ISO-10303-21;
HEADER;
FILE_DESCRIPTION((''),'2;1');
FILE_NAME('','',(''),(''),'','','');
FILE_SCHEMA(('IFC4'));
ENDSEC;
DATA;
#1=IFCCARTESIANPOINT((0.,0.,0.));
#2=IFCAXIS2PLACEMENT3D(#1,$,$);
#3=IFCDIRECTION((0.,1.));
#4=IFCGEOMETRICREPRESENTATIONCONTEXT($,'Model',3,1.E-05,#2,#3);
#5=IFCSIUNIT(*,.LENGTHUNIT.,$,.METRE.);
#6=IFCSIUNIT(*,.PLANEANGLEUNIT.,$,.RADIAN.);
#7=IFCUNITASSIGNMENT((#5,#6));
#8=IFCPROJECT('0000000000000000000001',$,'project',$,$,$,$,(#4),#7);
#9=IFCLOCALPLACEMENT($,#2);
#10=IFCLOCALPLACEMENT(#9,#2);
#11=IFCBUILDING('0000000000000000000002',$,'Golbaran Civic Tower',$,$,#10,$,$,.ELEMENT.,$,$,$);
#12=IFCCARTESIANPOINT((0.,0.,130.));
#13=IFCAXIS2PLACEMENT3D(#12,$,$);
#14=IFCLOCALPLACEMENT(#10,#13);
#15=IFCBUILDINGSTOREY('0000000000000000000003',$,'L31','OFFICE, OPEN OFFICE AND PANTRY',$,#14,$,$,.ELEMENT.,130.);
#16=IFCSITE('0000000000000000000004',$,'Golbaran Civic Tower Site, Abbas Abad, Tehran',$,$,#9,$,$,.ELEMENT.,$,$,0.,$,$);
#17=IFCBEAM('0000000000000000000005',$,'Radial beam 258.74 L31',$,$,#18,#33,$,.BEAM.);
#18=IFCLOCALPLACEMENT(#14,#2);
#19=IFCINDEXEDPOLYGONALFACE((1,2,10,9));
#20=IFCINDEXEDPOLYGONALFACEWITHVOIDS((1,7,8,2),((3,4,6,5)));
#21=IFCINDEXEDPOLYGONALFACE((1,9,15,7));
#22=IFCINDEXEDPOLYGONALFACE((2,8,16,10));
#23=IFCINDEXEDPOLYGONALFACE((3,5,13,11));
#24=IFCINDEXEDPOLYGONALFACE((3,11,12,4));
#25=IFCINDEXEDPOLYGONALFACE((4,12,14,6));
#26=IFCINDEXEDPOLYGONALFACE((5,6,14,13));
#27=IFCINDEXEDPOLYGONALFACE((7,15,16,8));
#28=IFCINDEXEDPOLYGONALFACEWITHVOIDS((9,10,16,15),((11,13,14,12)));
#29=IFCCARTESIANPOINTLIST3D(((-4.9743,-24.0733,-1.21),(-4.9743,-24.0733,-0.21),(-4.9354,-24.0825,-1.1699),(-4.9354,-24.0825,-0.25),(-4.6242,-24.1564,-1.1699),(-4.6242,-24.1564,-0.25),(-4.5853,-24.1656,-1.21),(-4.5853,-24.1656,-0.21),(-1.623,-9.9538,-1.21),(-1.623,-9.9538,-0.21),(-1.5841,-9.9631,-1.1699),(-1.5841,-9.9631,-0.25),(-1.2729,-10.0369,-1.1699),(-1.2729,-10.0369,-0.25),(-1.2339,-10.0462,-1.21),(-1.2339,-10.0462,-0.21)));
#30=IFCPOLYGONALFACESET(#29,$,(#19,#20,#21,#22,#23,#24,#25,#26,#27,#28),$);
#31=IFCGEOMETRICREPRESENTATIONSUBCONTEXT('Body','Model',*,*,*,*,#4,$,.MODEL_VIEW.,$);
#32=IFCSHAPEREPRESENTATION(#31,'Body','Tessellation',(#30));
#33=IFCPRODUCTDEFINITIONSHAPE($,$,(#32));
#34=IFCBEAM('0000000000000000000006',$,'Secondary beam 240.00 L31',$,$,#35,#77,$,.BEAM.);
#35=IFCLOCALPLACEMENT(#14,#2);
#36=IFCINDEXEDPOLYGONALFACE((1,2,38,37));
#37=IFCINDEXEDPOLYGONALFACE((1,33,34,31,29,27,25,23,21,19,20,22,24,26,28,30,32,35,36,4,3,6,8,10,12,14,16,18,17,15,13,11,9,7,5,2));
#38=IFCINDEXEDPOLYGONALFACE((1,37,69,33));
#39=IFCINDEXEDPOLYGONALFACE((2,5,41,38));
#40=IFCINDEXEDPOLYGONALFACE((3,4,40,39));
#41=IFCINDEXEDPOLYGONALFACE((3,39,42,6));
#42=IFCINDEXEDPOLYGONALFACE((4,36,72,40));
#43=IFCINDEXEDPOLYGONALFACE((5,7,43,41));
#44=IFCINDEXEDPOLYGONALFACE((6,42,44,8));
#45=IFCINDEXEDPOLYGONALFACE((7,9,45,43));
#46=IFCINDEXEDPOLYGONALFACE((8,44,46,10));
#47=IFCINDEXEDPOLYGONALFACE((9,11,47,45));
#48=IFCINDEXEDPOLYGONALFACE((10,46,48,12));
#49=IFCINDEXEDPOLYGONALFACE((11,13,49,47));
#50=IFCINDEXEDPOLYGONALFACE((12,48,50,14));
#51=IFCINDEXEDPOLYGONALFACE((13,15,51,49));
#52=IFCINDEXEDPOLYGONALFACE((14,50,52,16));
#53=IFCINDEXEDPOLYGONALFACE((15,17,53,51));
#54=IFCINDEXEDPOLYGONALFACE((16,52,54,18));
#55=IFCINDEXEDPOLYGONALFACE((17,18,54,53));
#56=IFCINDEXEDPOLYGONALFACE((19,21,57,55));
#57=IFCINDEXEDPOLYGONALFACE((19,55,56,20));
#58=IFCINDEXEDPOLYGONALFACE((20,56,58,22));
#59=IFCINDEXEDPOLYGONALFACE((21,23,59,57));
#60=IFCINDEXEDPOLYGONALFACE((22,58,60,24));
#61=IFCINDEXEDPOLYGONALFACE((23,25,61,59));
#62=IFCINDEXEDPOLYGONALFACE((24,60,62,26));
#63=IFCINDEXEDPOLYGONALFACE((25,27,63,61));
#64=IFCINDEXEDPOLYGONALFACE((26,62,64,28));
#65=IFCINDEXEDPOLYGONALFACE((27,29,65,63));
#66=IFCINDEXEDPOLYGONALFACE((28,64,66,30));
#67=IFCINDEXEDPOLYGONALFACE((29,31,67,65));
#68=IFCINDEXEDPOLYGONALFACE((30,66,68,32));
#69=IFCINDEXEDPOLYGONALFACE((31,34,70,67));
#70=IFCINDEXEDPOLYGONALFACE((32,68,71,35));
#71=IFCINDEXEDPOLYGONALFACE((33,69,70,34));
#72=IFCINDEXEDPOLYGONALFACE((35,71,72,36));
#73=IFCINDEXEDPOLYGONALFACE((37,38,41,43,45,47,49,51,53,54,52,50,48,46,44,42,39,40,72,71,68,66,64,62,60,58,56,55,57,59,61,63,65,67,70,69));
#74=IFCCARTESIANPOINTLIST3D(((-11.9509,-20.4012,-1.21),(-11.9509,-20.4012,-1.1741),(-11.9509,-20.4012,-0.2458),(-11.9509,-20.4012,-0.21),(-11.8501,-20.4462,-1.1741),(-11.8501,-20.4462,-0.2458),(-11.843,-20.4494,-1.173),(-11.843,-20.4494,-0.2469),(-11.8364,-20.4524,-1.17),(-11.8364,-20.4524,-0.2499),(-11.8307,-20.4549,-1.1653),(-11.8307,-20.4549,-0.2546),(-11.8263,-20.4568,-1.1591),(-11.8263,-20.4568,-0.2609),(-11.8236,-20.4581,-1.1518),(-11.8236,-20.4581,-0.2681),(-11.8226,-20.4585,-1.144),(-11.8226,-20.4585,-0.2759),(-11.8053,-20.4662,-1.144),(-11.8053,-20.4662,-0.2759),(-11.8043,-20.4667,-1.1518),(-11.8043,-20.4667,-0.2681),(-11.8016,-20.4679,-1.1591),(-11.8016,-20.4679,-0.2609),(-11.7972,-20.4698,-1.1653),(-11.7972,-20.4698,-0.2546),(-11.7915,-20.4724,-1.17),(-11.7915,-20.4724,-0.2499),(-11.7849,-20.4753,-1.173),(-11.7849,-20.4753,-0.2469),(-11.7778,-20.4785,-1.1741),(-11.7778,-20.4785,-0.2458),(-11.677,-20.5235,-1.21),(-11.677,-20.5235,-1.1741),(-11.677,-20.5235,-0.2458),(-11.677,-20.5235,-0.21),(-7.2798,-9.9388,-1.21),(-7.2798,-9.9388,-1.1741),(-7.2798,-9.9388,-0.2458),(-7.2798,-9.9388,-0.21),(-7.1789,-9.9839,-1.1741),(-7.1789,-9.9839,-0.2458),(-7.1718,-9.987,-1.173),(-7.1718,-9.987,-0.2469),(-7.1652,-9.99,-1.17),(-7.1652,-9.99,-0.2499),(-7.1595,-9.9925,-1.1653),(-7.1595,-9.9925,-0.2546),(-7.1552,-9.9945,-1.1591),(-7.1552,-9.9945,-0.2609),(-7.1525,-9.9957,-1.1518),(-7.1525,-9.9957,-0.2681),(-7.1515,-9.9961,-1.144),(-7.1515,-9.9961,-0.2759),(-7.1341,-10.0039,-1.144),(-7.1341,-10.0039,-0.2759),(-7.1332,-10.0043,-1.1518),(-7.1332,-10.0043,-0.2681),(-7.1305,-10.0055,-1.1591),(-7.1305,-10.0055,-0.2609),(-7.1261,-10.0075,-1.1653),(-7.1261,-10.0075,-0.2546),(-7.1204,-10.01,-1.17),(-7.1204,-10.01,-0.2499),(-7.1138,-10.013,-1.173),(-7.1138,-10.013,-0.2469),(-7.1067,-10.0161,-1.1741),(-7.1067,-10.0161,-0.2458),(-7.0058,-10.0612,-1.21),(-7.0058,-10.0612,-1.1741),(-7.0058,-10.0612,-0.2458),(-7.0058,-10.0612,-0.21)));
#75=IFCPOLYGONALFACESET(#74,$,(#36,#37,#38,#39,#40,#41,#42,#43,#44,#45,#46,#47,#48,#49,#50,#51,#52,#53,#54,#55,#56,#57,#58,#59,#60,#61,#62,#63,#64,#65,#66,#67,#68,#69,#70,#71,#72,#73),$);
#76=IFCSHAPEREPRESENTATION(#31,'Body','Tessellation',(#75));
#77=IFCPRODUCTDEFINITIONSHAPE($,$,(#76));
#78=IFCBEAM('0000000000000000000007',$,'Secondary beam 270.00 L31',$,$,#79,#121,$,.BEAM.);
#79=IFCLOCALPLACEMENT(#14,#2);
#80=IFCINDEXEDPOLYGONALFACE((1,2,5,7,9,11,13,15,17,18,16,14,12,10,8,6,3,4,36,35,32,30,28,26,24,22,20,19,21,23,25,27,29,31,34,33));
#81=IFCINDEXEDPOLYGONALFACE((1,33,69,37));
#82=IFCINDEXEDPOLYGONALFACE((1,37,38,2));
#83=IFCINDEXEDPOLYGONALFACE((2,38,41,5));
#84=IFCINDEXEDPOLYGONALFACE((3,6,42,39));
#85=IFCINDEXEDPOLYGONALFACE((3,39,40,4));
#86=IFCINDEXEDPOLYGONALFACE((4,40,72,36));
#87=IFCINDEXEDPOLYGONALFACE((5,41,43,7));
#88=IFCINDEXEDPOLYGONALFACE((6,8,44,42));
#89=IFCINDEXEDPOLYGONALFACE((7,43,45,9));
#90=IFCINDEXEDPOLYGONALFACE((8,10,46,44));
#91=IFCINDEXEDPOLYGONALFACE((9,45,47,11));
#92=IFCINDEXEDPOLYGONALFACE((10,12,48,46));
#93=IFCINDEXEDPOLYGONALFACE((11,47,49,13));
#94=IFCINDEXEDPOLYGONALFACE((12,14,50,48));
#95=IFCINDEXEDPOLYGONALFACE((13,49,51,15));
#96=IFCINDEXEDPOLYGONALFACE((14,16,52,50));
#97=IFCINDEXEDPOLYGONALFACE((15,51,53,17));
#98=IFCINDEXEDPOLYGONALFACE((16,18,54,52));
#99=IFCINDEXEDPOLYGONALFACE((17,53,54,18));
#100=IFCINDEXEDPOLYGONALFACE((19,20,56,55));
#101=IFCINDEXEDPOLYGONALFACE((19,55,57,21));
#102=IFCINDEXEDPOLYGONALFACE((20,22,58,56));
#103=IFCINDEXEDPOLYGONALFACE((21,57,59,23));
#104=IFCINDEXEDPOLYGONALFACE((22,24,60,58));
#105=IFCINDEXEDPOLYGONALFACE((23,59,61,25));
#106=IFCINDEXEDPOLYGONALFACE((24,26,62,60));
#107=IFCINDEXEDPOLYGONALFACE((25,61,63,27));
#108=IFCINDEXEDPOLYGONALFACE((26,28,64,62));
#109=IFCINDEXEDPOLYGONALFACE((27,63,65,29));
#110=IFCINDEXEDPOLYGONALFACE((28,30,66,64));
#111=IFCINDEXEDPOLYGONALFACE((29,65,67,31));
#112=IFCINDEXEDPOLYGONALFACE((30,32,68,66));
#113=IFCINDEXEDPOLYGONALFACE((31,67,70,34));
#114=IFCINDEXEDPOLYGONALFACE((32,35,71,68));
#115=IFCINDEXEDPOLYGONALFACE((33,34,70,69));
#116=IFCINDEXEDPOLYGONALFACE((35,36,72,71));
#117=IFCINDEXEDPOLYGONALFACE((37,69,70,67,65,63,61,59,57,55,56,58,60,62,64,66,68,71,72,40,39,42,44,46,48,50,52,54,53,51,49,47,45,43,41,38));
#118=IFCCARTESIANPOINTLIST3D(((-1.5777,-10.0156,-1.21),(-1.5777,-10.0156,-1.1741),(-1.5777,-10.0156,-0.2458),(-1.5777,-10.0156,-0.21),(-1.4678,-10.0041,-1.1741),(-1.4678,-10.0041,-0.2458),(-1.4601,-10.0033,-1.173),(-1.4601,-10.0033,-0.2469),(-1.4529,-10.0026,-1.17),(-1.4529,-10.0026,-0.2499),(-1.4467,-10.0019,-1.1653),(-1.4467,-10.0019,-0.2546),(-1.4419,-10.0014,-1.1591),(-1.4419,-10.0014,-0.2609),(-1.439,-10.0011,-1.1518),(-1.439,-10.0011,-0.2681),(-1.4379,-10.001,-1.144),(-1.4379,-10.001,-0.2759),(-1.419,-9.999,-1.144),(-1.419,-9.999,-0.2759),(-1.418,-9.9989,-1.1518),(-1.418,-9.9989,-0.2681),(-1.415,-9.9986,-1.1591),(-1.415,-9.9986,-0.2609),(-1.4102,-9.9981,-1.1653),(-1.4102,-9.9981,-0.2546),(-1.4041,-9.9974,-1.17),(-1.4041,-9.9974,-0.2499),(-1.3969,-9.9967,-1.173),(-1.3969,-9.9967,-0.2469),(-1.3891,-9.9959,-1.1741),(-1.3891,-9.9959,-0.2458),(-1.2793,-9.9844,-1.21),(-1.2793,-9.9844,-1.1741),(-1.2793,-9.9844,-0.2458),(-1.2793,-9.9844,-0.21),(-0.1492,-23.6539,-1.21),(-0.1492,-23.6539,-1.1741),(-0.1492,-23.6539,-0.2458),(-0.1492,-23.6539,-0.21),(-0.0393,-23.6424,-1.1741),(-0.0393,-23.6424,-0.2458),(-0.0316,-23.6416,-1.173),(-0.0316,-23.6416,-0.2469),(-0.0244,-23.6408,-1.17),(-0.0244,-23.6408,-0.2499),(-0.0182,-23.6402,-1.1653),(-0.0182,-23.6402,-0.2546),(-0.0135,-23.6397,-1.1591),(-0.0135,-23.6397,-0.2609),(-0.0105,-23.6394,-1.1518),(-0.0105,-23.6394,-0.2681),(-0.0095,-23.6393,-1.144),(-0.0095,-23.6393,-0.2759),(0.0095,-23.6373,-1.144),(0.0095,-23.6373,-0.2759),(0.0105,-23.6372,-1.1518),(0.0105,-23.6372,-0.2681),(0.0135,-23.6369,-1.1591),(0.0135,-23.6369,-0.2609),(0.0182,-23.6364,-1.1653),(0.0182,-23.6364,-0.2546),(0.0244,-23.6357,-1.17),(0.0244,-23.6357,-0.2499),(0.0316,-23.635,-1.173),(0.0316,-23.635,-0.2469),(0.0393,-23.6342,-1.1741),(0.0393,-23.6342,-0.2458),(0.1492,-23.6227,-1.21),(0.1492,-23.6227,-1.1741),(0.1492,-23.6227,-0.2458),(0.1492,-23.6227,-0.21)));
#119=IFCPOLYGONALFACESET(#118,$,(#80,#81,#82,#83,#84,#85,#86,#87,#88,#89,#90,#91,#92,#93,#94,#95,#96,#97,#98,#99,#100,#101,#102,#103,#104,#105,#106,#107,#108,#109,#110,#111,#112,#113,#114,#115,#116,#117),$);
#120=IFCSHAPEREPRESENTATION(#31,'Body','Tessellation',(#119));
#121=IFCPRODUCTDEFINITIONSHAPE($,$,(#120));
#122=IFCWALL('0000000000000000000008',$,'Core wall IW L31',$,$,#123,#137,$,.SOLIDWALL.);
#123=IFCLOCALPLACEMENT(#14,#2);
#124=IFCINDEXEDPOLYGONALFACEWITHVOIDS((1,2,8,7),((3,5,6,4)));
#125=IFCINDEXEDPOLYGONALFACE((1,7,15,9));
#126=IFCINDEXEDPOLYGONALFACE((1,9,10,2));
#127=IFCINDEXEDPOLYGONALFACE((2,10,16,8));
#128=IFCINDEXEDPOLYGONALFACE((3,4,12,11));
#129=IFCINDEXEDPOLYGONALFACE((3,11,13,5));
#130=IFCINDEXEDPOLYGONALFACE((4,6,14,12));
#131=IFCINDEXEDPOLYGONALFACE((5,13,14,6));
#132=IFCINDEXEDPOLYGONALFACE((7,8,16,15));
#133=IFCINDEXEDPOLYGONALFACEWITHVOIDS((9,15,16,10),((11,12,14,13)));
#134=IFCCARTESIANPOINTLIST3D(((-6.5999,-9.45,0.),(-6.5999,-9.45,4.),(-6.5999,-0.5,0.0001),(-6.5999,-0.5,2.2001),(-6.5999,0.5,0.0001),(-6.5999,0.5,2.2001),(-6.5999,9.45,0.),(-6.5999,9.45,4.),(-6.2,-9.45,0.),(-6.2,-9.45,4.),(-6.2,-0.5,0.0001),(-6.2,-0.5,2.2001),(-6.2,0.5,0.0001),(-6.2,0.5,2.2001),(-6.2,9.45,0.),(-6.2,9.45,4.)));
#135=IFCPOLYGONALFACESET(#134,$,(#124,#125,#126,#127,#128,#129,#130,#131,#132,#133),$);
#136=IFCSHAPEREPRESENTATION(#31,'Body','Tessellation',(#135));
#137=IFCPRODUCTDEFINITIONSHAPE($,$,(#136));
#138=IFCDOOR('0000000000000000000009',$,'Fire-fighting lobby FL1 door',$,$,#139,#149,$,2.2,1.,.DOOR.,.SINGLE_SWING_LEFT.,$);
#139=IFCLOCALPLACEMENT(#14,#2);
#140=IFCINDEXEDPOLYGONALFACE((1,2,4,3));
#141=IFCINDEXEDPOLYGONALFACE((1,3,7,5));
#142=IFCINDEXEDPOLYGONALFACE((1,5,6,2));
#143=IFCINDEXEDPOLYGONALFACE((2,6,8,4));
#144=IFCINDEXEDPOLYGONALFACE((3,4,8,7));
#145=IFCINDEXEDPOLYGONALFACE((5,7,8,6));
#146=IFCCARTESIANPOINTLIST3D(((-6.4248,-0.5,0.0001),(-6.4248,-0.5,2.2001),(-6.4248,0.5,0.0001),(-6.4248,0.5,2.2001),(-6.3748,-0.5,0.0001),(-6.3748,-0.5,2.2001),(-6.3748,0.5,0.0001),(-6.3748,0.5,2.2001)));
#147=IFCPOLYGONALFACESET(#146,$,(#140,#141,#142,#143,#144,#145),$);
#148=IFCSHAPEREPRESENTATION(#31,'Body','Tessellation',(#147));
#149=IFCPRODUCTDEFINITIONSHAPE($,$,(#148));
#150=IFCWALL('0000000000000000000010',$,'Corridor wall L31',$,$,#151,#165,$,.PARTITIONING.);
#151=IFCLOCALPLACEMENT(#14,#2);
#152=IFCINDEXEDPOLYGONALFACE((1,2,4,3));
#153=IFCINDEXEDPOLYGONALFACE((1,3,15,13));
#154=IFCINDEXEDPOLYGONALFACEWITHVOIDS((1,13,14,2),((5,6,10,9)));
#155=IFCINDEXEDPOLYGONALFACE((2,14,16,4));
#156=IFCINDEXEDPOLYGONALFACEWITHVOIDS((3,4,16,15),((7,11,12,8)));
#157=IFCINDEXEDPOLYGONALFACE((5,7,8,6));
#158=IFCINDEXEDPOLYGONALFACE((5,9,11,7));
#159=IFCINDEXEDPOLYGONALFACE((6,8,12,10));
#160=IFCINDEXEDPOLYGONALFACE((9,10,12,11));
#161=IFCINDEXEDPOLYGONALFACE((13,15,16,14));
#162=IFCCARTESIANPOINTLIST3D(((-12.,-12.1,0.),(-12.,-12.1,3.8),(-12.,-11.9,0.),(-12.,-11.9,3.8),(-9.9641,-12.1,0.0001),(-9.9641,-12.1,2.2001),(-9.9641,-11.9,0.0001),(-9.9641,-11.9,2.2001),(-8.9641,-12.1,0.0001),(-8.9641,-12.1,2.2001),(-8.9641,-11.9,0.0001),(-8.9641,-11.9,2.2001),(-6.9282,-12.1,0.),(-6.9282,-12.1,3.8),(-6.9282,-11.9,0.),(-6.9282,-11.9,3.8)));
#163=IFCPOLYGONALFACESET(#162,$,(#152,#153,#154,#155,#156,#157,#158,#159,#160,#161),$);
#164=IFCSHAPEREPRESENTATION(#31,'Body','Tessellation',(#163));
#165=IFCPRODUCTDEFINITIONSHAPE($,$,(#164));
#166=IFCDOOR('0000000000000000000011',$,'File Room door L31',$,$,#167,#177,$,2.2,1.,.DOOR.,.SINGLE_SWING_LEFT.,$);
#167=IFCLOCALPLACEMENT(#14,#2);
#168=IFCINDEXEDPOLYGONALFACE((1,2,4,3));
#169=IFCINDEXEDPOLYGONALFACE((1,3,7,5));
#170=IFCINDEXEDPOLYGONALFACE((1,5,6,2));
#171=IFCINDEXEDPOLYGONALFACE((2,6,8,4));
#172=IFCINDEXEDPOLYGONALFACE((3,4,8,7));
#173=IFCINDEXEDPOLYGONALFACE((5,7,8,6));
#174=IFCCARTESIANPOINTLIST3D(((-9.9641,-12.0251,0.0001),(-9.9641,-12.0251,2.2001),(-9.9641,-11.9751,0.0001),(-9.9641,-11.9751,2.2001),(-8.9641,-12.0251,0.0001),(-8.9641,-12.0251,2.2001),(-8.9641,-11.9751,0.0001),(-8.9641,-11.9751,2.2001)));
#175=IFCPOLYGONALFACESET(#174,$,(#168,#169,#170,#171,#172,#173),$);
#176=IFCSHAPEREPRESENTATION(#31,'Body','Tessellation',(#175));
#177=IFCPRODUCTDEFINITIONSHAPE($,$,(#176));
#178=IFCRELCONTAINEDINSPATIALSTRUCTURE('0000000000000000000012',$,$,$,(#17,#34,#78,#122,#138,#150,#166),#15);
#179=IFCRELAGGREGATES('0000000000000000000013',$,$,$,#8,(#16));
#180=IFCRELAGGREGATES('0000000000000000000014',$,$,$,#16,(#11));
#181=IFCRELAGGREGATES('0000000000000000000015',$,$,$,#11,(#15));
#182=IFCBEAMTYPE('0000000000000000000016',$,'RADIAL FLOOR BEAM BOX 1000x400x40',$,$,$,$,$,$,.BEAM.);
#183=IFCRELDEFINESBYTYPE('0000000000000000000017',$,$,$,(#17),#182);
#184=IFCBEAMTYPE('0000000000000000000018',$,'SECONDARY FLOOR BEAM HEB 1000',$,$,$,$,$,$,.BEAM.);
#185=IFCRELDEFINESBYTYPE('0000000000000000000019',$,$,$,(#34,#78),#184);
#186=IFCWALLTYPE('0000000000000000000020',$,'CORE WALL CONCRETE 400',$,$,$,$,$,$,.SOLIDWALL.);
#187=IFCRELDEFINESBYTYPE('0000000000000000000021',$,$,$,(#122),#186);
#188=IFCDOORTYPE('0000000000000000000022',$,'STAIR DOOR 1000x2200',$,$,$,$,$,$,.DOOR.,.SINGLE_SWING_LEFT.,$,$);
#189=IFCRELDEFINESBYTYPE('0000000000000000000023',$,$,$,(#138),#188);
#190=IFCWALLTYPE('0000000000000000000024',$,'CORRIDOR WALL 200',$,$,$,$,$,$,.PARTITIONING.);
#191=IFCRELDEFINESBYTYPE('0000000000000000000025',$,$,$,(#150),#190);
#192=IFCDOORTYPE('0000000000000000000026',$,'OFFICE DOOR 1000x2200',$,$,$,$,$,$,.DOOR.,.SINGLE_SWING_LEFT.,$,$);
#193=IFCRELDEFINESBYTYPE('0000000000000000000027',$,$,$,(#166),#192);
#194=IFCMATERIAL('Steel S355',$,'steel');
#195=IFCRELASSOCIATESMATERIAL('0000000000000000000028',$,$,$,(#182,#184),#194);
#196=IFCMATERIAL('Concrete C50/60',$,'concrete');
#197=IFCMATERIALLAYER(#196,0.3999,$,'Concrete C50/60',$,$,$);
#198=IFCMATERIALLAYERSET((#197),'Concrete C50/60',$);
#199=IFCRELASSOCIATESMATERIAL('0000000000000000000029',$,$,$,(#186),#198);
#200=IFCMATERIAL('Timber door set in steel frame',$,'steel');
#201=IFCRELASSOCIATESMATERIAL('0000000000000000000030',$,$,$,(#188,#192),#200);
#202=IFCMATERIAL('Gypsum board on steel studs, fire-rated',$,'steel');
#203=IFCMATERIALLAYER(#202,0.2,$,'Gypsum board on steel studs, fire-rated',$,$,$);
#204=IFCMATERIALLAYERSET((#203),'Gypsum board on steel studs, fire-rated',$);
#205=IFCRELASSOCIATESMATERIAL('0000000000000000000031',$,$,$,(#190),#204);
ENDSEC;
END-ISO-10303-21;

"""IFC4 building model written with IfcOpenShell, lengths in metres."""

from ifc_helpers import new_model, si_unit, direction, frame, frame_2d, origin, origin_2d, place, context, subcontext, project, spatial, rectangle, hollow_rectangle, i_section, extrude, material, layer, layer_set, material_profile, profile_set, type_object, element, fill, save


model = new_model("IFC4")

# Units and contexts
model_context = context("Model", 3, precision=1e-05, world=origin(), true_north=direction((0.0, 1.0)))
body_context = subcontext(model_context, "Body", "Model", "MODEL_VIEW")
ifc_project = project(units=[si_unit("LENGTHUNIT", "METRE"), si_unit("PLANEANGLEUNIT", "RADIAN")], contexts=[model_context])

# Site, building, storey
site_placement = place(None, origin())
site = spatial("IfcSite", under=ifc_project, at=site_placement, Name="Golbaran Civic Tower Site, Abbas Abad, Tehran", CompositionType="ELEMENT", RefElevation=0.0)
building_placement = place(site_placement, origin())
building = spatial("IfcBuilding", under=site, at=building_placement, Name="Golbaran Civic Tower", CompositionType="ELEMENT")
storey_placement = place(building_placement, frame((0.0, 0.0, 130.0)))
storey = spatial("IfcBuildingStorey", under=building, at=storey_placement, Name="L31", Description="OFFICE, OPEN OFFICE AND PANTRY", CompositionType="ELEMENT", Elevation=130.0)

# Beams
ifc_material_1 = material(Name="Steel S355", Category="steel")
ifc_material_profile_1 = material_profile(ifc_material_1, hollow_rectangle(XDim=0.3999, YDim=1.0, WallThickness=0.04, at=origin_2d()), Name="BOX 1000x400x40")
ifc_profile_set_1 = profile_set([ifc_material_profile_1], Name="Steel S355")
beam_type_1 = type_object("IfcBeamType", Name="RADIAL FLOOR BEAM BOX 1000x400x40", PredefinedType="BEAM", material=ifc_profile_set_1)
beam_1_placement = place(storey_placement, frame((-1.4285, -10.0, -0.71), z_axis=(-0.23094, -0.972968, 0.0), x_axis=(0.972968, -0.23094, 0.0)))
element("IfcBeam", 1, at=beam_1_placement, inside=storey, type_object=beam_type_1, Name="Radial beam 258.74 L31", PredefinedType="BEAM", context=body_context, shape_type="SweptSolid", body=[
    extrude(hollow_rectangle(XDim=0.3999, YDim=1.0, WallThickness=0.04, at=origin_2d()), origin(), (0.0, 0.0, 1.0), 14.5117),
])
ifc_material_profile_2 = material_profile(ifc_material_1, i_section(OverallWidth=0.3, OverallDepth=1.0, WebThickness=0.019, FlangeThickness=0.0359, FilletRadius=0.03, at=origin_2d()), Name="HEB 1000")
ifc_profile_set_2 = profile_set([ifc_material_profile_2], Name="Steel S355")
beam_type_2 = type_object("IfcBeamType", Name="SECONDARY FLOOR BEAM HEB 1000", PredefinedType="BEAM", material=ifc_profile_set_2)
beam_2_placement = place(storey_placement, frame((-7.1428, -10.0, -0.71), z_axis=(-0.407682, -0.913124, 0.0), x_axis=(0.913124, -0.407682, 0.0)))
element("IfcBeam", 2, at=beam_2_placement, inside=storey, type_object=beam_type_2, Name="Secondary beam 240.00 L31", PredefinedType="BEAM", context=body_context, shape_type="SweptSolid", body=[
    extrude(i_section(OverallWidth=0.3, OverallDepth=1.0, WebThickness=0.019, FlangeThickness=0.0359, FilletRadius=0.03, at=origin_2d()), origin(), (0.0, 0.0, 1.0), 11.4578),
])
beam_3_placement = place(storey_placement, frame((-1.4285, -10.0, -0.71), z_axis=(0.10417, -0.994559, 0.0), x_axis=(0.994559, 0.10417, 0.0)))
element("IfcBeam", 3, at=beam_3_placement, inside=storey, type_object=beam_type_2, Name="Secondary beam 270.00 L31", PredefinedType="BEAM", context=body_context, shape_type="SweptSolid", body=[
    extrude(i_section(OverallWidth=0.3, OverallDepth=1.0, WebThickness=0.019, FlangeThickness=0.0359, FilletRadius=0.03, at=origin_2d()), origin(), (0.0, 0.0, 1.0), 13.7129),
])

# Walls, openings, doors
ifc_material_2 = material(Name="Concrete C50/60", Category="concrete")
ifc_layer_1 = layer(ifc_material_2, 0.3999, Name="Concrete C50/60")
ifc_layer_set_1 = layer_set([ifc_layer_1], Name="Concrete C50/60")
wall_type_1 = type_object("IfcWallType", Name="CORE WALL CONCRETE 400", PredefinedType="SOLIDWALL", material=ifc_layer_set_1)
wall_1_placement = place(storey_placement, frame((-6.3999, -9.45, 0.0), z_axis=(0.0, 0.0, 1.0), x_axis=(0.0, 1.0, 0.0)))
wall_1 = element("IfcWall", 4, at=wall_1_placement, inside=storey, type_object=wall_type_1, Name="Core wall IW L31", PredefinedType="SOLIDWALL", context=body_context, shape_type="SweptSolid", body=[
    extrude(rectangle(XDim=18.8999, YDim=0.3999, at=frame_2d((9.45, 0.0))), origin(), (0.0, 0.0, 1.0), 4.0),
])
opening_1_placement = place(wall_1_placement, frame((8.95, 0.0, 0.0)))
opening_1 = element("IfcOpeningElement", 5, at=opening_1_placement, cuts=wall_1, PredefinedType="OPENING", context=body_context, shape_type="SweptSolid", body=[
    extrude(rectangle(XDim=1.0, YDim=2.2, at=frame_2d((0.5, 1.1001))), frame((0.0, 0.21, 0.0), z_axis=(0.0, -1.0, 0.0), x_axis=(1.0, 0.0, 0.0)), (0.0, 0.0, 1.0), 0.4199),
])
ifc_material_3 = material(Name="Timber door set in steel frame", Category="steel")
door_type_1 = type_object("IfcDoorType", Name="STAIR DOOR 1000x2200", OperationType="SINGLE_SWING_LEFT", PredefinedType="DOOR", material=ifc_material_3)
door_1_placement = place(opening_1_placement, origin())
door_1 = element("IfcDoor", 6, at=door_1_placement, inside=storey, type_object=door_type_1, Name="Fire-fighting lobby FL1 door", OperationType="SINGLE_SWING_LEFT", OverallHeight=2.2, OverallWidth=1.0, PredefinedType="DOOR", context=body_context, shape_type="SweptSolid", body=[
    extrude(rectangle(XDim=1.0, YDim=2.2, at=frame_2d((0.5, 1.1001))), frame((0.0, 0.0249, 0.0), z_axis=(0.0, -1.0, 0.0), x_axis=(1.0, 0.0, 0.0)), (0.0, 0.0, 1.0), 0.05),
])
fill(opening_1, door_1)
ifc_material_4 = material(Name="Gypsum board on steel studs, fire-rated", Category="steel")
ifc_layer_2 = layer(ifc_material_4, 0.2, Name="Gypsum board on steel studs, fire-rated")
ifc_layer_set_2 = layer_set([ifc_layer_2], Name="Gypsum board on steel studs, fire-rated")
wall_type_2 = type_object("IfcWallType", Name="CORRIDOR WALL 200", PredefinedType="PARTITIONING", material=ifc_layer_set_2)
wall_2_placement = place(storey_placement, frame((-12.0, -12.0, 0.0), z_axis=(0.0, 0.0, 1.0), x_axis=(1.0, 0.0, 0.0)))
wall_2 = element("IfcWall", 7, at=wall_2_placement, inside=storey, type_object=wall_type_2, Name="Corridor wall L31", PredefinedType="PARTITIONING", context=body_context, shape_type="SweptSolid", body=[
    extrude(rectangle(XDim=5.0718, YDim=0.2, at=frame_2d((2.5359, 0.0))), origin(), (0.0, 0.0, 1.0), 3.8),
])
opening_2_placement = place(wall_2_placement, frame((2.0359, 0.0, 0.0)))
opening_2 = element("IfcOpeningElement", 8, at=opening_2_placement, cuts=wall_2, PredefinedType="OPENING", context=body_context, shape_type="SweptSolid", body=[
    extrude(rectangle(XDim=1.0, YDim=2.2, at=frame_2d((0.5, 1.1001))), frame((0.0, 0.1099, 0.0), z_axis=(0.0, -1.0, 0.0), x_axis=(1.0, 0.0, 0.0)), (0.0, 0.0, 1.0), 0.22),
])
door_type_2 = type_object("IfcDoorType", Name="OFFICE DOOR 1000x2200", OperationType="SINGLE_SWING_LEFT", PredefinedType="DOOR", material=ifc_material_3)
door_2_placement = place(opening_2_placement, origin())
door_2 = element("IfcDoor", 9, at=door_2_placement, inside=storey, type_object=door_type_2, Name="File Room door L31", OperationType="SINGLE_SWING_LEFT", OverallHeight=2.2, OverallWidth=1.0, PredefinedType="DOOR", context=body_context, shape_type="SweptSolid", body=[
    extrude(rectangle(XDim=1.0, YDim=2.2, at=frame_2d((0.5, 1.1001))), frame((0.0, 0.0249, 0.0), z_axis=(0.0, -1.0, 0.0), x_axis=(1.0, 0.0, 0.0)), (0.0, 0.0, 1.0), 0.05),
])
fill(opening_2, door_2)

save(model, "model.ifc")
